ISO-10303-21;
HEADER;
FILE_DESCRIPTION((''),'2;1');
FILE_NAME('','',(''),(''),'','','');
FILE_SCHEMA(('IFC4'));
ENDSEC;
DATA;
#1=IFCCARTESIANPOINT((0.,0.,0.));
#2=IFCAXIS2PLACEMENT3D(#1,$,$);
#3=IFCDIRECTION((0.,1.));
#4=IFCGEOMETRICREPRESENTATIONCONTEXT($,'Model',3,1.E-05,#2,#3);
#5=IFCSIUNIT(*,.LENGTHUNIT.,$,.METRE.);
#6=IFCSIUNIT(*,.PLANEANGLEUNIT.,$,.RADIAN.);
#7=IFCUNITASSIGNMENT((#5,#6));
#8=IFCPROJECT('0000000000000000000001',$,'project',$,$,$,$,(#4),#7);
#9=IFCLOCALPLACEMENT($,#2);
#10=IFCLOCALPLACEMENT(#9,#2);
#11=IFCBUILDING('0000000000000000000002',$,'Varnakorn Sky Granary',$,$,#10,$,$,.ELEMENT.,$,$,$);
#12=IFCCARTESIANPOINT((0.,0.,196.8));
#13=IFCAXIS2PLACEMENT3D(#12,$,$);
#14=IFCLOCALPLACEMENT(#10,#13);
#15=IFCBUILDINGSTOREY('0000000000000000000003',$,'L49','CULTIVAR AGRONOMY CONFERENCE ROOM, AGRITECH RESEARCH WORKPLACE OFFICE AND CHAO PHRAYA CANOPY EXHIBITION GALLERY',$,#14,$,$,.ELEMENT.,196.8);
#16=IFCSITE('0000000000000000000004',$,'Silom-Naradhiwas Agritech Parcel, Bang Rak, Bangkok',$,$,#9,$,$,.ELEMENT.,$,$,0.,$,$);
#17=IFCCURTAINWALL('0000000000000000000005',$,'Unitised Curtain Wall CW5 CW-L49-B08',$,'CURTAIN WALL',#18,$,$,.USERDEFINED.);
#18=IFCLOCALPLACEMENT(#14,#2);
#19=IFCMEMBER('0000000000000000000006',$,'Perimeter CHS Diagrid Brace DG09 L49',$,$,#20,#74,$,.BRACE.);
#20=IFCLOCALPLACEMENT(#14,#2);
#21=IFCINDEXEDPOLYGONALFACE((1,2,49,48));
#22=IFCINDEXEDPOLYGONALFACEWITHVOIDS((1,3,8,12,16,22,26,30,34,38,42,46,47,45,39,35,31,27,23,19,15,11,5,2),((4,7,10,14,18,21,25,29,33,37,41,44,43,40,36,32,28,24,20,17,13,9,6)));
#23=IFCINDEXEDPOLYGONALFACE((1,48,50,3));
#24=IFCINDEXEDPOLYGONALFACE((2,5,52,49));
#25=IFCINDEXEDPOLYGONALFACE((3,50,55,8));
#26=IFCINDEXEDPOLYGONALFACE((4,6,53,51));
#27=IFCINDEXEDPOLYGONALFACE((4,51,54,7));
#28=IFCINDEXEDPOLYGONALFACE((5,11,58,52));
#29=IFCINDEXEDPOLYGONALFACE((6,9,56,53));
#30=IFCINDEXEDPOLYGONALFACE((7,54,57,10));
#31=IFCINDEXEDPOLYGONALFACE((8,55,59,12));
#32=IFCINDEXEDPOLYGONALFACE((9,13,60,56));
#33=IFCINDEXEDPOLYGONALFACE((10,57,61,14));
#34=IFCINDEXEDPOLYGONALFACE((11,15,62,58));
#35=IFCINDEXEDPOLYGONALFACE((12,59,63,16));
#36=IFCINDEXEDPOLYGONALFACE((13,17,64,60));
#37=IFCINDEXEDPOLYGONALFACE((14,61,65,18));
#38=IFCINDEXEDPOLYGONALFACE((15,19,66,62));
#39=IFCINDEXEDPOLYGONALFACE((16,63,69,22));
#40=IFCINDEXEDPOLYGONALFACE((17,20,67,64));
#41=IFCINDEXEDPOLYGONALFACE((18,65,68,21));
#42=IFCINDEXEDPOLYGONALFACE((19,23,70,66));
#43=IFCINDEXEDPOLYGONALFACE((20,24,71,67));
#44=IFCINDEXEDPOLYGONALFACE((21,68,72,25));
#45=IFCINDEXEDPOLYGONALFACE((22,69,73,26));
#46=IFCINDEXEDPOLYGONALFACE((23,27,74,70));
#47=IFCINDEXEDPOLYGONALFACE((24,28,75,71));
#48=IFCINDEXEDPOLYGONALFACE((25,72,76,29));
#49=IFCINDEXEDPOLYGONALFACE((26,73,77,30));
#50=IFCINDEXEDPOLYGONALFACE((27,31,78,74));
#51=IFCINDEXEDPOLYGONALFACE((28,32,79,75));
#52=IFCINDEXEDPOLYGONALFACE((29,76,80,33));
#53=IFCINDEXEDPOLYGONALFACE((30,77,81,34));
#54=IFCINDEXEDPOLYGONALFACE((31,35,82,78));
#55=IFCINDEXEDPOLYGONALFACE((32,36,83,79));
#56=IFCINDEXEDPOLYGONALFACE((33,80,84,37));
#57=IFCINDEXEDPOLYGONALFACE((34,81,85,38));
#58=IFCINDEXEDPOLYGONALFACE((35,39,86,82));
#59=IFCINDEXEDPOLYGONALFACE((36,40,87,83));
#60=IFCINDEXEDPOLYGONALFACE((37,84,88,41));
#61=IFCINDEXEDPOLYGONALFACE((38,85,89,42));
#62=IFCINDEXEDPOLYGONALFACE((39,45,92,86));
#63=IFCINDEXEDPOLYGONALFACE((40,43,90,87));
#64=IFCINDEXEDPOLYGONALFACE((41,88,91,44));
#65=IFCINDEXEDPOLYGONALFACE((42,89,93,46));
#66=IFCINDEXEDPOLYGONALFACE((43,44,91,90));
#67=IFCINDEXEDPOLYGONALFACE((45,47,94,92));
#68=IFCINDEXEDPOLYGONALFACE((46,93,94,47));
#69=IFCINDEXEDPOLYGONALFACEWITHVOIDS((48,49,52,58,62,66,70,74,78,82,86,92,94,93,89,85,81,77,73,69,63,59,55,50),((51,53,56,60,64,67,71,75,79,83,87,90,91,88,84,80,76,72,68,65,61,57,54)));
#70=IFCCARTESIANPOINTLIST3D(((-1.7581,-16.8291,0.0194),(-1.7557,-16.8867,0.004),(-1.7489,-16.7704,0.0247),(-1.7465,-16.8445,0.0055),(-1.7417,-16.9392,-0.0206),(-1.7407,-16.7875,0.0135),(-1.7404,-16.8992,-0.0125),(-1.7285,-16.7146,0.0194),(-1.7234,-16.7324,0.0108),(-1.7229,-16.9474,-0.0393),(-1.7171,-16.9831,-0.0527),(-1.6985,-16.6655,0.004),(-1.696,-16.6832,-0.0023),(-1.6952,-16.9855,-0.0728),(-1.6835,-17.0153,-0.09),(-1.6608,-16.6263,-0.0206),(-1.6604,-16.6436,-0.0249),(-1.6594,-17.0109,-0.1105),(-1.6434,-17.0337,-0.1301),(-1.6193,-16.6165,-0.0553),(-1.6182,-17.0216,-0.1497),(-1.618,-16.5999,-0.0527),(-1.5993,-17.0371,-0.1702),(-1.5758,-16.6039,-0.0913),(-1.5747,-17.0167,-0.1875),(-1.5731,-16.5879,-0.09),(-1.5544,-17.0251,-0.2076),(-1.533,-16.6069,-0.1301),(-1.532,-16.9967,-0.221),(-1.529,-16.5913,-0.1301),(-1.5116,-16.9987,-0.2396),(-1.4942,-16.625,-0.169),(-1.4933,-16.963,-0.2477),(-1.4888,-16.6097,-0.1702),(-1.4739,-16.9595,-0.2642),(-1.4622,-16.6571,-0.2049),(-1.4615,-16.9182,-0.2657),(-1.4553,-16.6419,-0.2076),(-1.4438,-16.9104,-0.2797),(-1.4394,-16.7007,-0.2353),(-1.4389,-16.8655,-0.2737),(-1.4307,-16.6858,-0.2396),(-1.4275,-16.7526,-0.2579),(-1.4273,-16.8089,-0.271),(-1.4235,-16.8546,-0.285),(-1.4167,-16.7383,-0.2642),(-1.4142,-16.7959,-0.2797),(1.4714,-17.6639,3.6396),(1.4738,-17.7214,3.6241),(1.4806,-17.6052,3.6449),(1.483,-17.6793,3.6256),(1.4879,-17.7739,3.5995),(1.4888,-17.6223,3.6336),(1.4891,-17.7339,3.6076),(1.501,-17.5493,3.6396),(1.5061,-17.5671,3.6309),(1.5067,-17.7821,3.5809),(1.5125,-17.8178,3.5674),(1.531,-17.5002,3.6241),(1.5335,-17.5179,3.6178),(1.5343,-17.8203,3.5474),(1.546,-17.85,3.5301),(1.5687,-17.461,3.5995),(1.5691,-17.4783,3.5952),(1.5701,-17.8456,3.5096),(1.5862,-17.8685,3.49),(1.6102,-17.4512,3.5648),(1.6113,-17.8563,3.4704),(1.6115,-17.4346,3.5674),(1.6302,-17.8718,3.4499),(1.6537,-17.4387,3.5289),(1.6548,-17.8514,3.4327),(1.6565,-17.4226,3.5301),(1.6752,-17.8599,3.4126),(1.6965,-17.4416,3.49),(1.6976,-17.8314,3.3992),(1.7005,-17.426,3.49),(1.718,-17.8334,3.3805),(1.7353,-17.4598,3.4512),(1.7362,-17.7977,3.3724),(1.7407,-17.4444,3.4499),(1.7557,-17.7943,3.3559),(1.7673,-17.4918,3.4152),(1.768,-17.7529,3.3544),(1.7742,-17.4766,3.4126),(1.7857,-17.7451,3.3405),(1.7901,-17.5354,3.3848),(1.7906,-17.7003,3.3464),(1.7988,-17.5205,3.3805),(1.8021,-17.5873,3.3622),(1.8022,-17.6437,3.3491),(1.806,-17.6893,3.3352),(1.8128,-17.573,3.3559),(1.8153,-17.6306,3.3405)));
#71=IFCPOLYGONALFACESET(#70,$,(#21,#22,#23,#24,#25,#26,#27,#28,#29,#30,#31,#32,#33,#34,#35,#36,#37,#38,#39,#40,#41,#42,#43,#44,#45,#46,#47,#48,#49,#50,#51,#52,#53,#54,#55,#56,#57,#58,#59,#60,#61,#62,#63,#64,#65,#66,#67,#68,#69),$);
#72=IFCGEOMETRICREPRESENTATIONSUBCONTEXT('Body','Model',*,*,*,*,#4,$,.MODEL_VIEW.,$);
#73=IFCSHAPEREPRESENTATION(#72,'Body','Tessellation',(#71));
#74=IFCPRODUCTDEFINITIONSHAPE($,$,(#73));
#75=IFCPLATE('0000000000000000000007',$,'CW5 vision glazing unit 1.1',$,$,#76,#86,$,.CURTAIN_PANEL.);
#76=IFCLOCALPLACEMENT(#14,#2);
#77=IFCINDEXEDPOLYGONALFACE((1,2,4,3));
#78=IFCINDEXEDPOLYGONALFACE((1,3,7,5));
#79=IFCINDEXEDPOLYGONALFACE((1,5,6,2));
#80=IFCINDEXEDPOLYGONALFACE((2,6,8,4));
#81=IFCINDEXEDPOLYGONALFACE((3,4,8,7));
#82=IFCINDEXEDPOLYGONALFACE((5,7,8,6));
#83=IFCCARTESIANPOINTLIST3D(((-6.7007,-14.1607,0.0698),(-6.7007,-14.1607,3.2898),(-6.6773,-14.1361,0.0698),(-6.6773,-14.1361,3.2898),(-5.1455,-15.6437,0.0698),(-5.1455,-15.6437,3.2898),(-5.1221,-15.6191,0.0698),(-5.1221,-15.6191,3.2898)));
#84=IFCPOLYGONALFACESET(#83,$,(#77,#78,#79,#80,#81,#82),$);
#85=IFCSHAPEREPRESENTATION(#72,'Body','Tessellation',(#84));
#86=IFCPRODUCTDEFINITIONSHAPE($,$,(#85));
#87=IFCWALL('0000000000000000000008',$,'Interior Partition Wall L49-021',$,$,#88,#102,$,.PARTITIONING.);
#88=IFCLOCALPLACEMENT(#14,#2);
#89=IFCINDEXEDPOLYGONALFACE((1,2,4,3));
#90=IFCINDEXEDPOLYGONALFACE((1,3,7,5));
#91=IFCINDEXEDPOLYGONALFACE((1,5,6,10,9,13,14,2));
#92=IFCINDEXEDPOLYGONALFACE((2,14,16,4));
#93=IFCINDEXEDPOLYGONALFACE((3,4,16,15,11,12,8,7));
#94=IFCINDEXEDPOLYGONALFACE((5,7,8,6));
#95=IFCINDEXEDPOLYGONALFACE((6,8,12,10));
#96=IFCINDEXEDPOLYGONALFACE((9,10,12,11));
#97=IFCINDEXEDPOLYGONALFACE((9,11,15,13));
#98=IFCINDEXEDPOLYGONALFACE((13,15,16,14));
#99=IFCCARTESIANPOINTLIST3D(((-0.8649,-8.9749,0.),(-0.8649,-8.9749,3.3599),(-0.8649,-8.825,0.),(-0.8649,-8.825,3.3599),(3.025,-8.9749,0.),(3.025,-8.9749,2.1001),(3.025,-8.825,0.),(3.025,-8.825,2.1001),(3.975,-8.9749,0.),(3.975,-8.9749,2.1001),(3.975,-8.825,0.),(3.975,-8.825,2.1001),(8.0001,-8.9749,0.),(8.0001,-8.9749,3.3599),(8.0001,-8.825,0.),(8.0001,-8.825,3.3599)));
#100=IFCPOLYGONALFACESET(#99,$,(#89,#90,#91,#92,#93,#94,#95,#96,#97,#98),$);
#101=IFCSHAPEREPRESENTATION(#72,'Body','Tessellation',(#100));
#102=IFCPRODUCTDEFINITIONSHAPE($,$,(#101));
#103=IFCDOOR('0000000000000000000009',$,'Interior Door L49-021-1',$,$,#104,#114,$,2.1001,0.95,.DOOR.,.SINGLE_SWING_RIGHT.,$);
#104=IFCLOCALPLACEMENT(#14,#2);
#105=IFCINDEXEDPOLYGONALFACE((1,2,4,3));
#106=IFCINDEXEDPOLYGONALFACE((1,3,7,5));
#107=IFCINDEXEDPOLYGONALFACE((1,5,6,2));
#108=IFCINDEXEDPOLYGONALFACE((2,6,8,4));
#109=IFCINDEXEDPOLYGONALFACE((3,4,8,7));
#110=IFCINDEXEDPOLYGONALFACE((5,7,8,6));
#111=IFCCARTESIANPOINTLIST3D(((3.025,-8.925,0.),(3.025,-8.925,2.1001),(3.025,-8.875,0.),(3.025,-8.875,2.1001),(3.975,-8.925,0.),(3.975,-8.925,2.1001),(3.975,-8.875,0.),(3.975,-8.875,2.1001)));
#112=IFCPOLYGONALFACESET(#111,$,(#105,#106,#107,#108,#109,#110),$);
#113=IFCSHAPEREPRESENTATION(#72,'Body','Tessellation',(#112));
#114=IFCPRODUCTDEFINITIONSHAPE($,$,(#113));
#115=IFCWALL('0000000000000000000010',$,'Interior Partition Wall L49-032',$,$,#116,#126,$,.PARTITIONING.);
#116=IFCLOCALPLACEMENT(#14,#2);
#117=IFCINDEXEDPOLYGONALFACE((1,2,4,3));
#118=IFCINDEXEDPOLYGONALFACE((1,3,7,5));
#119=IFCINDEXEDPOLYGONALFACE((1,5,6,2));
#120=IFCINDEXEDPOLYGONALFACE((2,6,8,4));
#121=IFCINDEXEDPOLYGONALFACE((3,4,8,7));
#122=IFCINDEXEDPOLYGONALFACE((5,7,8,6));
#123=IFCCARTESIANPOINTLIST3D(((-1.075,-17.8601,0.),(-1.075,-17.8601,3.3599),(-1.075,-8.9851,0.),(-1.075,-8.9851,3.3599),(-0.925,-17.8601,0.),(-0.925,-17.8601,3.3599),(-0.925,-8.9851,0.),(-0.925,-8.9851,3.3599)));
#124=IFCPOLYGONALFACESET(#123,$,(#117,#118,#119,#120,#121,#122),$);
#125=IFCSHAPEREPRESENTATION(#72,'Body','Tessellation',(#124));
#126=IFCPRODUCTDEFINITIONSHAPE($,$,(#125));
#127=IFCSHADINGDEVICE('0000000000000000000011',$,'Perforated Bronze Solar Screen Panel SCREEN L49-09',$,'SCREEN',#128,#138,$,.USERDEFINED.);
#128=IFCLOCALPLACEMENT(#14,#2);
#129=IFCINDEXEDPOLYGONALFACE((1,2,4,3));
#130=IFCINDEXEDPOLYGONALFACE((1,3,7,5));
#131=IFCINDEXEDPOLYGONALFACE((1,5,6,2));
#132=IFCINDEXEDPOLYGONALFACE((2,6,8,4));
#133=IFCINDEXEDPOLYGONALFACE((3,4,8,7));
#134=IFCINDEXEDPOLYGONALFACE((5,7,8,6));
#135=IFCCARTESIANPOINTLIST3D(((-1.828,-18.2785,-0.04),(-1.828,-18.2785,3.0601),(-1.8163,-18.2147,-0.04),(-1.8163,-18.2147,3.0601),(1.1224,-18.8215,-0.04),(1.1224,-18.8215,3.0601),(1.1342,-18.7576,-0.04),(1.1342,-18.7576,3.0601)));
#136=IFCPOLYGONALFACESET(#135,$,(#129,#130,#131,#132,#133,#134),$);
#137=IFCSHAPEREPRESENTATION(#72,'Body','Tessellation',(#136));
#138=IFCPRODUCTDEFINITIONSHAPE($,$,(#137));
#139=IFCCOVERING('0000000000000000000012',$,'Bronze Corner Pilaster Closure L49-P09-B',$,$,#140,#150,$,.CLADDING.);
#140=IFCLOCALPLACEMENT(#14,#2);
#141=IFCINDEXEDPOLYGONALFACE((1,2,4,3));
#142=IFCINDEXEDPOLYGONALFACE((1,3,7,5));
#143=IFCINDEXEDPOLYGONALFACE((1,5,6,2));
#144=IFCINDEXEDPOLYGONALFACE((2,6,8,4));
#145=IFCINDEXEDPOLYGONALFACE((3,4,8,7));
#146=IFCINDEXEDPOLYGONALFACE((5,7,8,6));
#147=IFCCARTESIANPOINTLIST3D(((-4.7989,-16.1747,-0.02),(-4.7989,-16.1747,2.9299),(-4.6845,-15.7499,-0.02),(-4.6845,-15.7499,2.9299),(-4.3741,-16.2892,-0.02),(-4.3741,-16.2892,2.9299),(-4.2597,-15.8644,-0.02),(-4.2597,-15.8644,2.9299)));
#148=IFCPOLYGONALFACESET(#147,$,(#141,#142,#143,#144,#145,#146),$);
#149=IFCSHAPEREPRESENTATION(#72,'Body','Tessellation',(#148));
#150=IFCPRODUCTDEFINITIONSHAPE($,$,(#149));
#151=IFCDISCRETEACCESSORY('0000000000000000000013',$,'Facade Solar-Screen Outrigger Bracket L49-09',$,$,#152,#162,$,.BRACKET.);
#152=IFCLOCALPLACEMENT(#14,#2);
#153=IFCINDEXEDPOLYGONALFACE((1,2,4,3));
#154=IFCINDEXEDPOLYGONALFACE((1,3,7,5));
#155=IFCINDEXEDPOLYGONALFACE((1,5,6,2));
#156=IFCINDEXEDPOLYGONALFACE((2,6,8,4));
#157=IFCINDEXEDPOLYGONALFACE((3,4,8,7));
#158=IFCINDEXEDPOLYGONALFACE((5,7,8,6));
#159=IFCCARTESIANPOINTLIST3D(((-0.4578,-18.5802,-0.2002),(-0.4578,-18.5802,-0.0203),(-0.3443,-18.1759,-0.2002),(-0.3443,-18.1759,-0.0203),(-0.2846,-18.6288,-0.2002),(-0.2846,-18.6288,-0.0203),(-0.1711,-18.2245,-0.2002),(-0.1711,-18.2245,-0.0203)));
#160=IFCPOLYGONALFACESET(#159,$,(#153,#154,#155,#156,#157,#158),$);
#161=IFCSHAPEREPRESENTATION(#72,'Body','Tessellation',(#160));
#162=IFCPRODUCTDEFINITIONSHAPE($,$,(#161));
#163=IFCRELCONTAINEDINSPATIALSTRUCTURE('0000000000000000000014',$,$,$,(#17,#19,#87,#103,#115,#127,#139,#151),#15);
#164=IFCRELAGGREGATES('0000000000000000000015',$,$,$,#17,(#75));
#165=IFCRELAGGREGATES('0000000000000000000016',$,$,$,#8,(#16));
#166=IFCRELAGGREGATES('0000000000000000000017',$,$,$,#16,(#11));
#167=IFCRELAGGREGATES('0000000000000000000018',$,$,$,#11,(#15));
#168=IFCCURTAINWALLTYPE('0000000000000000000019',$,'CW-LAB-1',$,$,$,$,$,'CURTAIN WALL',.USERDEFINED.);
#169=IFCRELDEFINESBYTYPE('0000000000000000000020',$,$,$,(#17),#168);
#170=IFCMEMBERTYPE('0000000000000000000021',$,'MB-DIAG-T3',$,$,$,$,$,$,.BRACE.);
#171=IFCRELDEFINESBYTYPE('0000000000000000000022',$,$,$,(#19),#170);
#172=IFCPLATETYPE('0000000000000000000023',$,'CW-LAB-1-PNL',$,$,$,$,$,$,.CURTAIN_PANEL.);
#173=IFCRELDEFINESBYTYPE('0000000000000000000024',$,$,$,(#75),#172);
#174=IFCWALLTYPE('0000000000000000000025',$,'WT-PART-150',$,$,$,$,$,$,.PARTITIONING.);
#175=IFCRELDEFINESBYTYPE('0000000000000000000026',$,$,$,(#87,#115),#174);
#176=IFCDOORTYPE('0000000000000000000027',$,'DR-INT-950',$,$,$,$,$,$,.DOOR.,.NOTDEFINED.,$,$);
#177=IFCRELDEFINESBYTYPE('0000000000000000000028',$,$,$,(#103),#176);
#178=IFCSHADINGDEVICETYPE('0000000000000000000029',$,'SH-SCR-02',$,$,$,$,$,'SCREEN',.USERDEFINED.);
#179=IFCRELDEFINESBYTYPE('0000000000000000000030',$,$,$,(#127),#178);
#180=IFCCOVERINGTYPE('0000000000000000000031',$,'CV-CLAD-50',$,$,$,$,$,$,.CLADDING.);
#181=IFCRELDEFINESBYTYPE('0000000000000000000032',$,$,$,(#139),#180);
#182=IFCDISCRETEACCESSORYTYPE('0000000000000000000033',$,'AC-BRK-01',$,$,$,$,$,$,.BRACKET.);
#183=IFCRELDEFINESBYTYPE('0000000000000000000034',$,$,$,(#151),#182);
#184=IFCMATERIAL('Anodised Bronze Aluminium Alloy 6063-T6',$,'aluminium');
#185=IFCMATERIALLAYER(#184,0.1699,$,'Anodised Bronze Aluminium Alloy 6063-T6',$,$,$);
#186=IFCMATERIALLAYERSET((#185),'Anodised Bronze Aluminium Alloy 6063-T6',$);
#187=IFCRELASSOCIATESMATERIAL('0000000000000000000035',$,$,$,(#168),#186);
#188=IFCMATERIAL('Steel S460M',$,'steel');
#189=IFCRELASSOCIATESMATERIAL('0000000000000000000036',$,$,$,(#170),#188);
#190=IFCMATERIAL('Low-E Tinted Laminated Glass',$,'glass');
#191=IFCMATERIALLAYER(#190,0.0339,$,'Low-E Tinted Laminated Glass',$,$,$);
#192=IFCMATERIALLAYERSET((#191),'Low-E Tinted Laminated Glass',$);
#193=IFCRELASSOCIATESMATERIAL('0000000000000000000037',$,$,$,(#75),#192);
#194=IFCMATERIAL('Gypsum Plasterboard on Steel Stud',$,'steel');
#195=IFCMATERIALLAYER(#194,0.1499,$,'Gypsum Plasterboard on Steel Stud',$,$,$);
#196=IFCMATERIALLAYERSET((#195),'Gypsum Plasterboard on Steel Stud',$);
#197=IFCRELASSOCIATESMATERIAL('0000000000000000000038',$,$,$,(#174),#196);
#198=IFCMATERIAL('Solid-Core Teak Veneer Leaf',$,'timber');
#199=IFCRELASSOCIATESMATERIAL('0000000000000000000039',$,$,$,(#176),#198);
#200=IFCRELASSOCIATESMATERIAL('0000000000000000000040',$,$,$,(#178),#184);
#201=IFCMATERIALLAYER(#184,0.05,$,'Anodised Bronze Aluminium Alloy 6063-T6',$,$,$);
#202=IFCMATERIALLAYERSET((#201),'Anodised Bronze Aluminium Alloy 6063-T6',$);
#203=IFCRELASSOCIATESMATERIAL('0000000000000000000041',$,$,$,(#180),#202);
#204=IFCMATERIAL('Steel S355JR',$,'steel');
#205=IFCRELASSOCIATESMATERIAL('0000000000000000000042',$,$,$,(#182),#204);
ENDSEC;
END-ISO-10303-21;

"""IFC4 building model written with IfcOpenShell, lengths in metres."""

from ifc_helpers import new_model, si_unit, direction, frame, frame_2d, origin, origin_2d, place, context, subcontext, project, spatial, rectangle, hollow_circle, extrude, source, transform, mapped, material, layer, layer_set, material_profile, profile_set, type_object, type_shapes, element, fill, aggregate, save


model = new_model("IFC4")

# Units and contexts
model_context = context("Model", 3, precision=1e-05, world=origin(), true_north=direction((0.0, 1.0)))
body_context = subcontext(model_context, "Body", "Model", "MODEL_VIEW")
ifc_project = project(units=[si_unit("LENGTHUNIT", "METRE"), si_unit("PLANEANGLEUNIT", "RADIAN")], contexts=[model_context])

# Site, building, storey
site_placement = place(None, origin())
site = spatial("IfcSite", under=ifc_project, at=site_placement, Name="Silom-Naradhiwas Agritech Parcel, Bang Rak, Bangkok", CompositionType="ELEMENT", RefElevation=0.0)
building_placement = place(site_placement, origin())
building = spatial("IfcBuilding", under=site, at=building_placement, Name="Varnakorn Sky Granary", CompositionType="ELEMENT")
storey_placement = place(building_placement, frame((0.0, 0.0, 196.8)))
storey = spatial("IfcBuildingStorey", under=building, at=storey_placement, Name="L49", Description="CULTIVAR AGRONOMY CONFERENCE ROOM, AGRITECH RESEARCH WORKPLACE OFFICE AND CHAO PHRAYA CANOPY EXHIBITION GALLERY", CompositionType="ELEMENT", Elevation=196.8)

# Shared definitions
ifc_material_1 = material(Name="Steel S460M", Category="steel")

# Shared definitions
ifc_material_2 = material(Name="Steel S355JR", Category="steel")

# Curtain wall
ifc_material_3 = material(Name="Anodised Bronze Aluminium Alloy 6063-T6", Category="aluminium")
ifc_layer_1 = layer(ifc_material_3, 0.1699, Name="Anodised Bronze Aluminium Alloy 6063-T6")
ifc_layer_set_1 = layer_set([ifc_layer_1], Name="Anodised Bronze Aluminium Alloy 6063-T6")
curtain_wall_type = type_object("IfcCurtainWallType", Name="CW-LAB-1", ElementType="CURTAIN WALL", PredefinedType="USERDEFINED", material=ifc_layer_set_1)
curtain_wall_placement = place(storey_placement, origin())
curtain_wall = element("IfcCurtainWall", 1, at=curtain_wall_placement, inside=storey, type_object=curtain_wall_type, Name="Unitised Curtain Wall CW5 CW-L49-B08", ObjectType="CURTAIN WALL", PredefinedType="USERDEFINED")

# Member
ifc_material_profile_1 = material_profile(ifc_material_1, hollow_circle(Radius=0.2285, WallThickness=0.0161, at=origin_2d()), Name="CHS 457x16")
ifc_profile_set_1 = profile_set([ifc_material_profile_1], Name="Steel S460M")
member_type_1 = type_object("IfcMemberType", Name="MB-DIAG-T3", PredefinedType="BRACE", material=ifc_profile_set_1)
member_1_placement = place(storey_placement, frame((-1.5862, -16.8125, -0.1301), z_axis=(0.656059, -0.16957, 0.735413), x_axis=(0.250243, 0.968183, 0.0)))
element("IfcMember", 2, at=member_1_placement, inside=storey, type_object=member_type_1, Name="Perimeter CHS Diagrid Brace DG09 L49", PredefinedType="BRACE", context=body_context, shape_type="SweptSolid", body=[
    extrude(hollow_circle(Radius=0.2285, WallThickness=0.0161, at=origin_2d()), origin(), (0.0, 0.0, 1.0), 4.9226),
])

# Plate
ifc_material_4 = material(Name="Low-E Tinted Laminated Glass", Category="glass")
ifc_layer_2 = layer(ifc_material_4, 0.0339, Name="Low-E Tinted Laminated Glass")
ifc_layer_set_2 = layer_set([ifc_layer_2], Name="Low-E Tinted Laminated Glass")
plate_type = type_object("IfcPlateType", Name="CW-LAB-1-PNL", PredefinedType="CURTAIN_PANEL")
shared_shape_1 = source(origin(), body_context, "Body", "SweptSolid", [
    extrude(rectangle(XDim=2.1489, YDim=0.0339, at=origin_2d()), origin(), (0.0, 0.0, 1.0), 3.22),
])
type_shapes(plate_type, [shared_shape_1])
plate_placement = place(storey_placement, frame((-5.9114, -14.8899, 0.0698), z_axis=(0.0, 0.0, 1.0), x_axis=(-0.723717, 0.690097, 0.0)))
plate = element("IfcPlate", 3, at=plate_placement, type_object=plate_type, material=ifc_layer_set_2, Name="CW5 vision glazing unit 1.1", PredefinedType="CURTAIN_PANEL", context=body_context, shape_type="MappedRepresentation", body=[
    mapped(shared_shape_1, transform((0.0, 0.0, 0.0), x_axis=(1.0, 0.0, 0.0), y_axis=(0.0, 1.0, 0.0), z_axis=(0.0, 0.0, 1.0), scale=1.0)),
])
aggregate(curtain_wall, [plate])

# Wall, opening, door
ifc_material_5 = material(Name="Gypsum Plasterboard on Steel Stud", Category="steel")
ifc_layer_3 = layer(ifc_material_5, 0.1499, Name="Gypsum Plasterboard on Steel Stud")
ifc_layer_set_3 = layer_set([ifc_layer_3], Name="Gypsum Plasterboard on Steel Stud")
wall_type = type_object("IfcWallType", Name="WT-PART-150", PredefinedType="PARTITIONING", material=ifc_layer_set_3)
wall_1_placement = place(storey_placement, frame((-0.865, -8.8999, 0.0), z_axis=(0.0, 0.0, 1.0), x_axis=(1.0, 0.0, 0.0)))
wall_1 = element("IfcWall", 4, at=wall_1_placement, inside=storey, type_object=wall_type, Name="Interior Partition Wall L49-021", PredefinedType="PARTITIONING", context=body_context, shape_type="SweptSolid", body=[
    extrude(rectangle(XDim=8.865, YDim=0.1499, at=frame_2d((4.4326, 0.0))), origin(), (0.0, 0.0, 1.0), 3.3599),
])
opening_placement = place(wall_1_placement, frame((3.8899, 0.0, 0.0)))
opening = element("IfcOpeningElement", 5, at=opening_placement, cuts=wall_1, PredefinedType="OPENING", context=body_context, shape_type="SweptSolid", body=[
    extrude(rectangle(XDim=0.95, YDim=2.1001, at=frame_2d((0.4751, 1.05))), frame((0.0, 0.085, 0.0), z_axis=(0.0, -1.0, 0.0), x_axis=(1.0, 0.0, 0.0)), (0.0, 0.0, 1.0), 0.1699),
])
ifc_material_6 = material(Name="Solid-Core Teak Veneer Leaf", Category="timber")
door_type = type_object("IfcDoorType", Name="DR-INT-950", OperationType="NOTDEFINED", PredefinedType="DOOR", material=ifc_material_6)
door_placement = place(opening_placement, origin())
door = element("IfcDoor", 6, at=door_placement, inside=storey, type_object=door_type, Name="Interior Door L49-021-1", OperationType="SINGLE_SWING_RIGHT", OverallHeight=2.1001, OverallWidth=0.95, PredefinedType="DOOR", context=body_context, shape_type="SweptSolid", body=[
    extrude(rectangle(XDim=0.95, YDim=2.1001, at=frame_2d((0.4751, 1.05))), frame((0.0, 0.0249, 0.0), z_axis=(0.0, -1.0, 0.0), x_axis=(1.0, 0.0, 0.0)), (0.0, 0.0, 1.0), 0.05),
])
fill(opening, door)

# Wall
wall_2_placement = place(storey_placement, frame((-1.0, -8.9851, 0.0), z_axis=(0.0, 0.0, 1.0), x_axis=(0.0, -1.0, 0.0)))
element("IfcWall", 7, at=wall_2_placement, inside=storey, type_object=wall_type, Name="Interior Partition Wall L49-032", PredefinedType="PARTITIONING", context=body_context, shape_type="SweptSolid", body=[
    extrude(rectangle(XDim=8.875, YDim=0.1499, at=frame_2d((4.4375, 0.0))), origin(), (0.0, 0.0, 1.0), 3.3599),
])

# Shading device
shading_device_type = type_object("IfcShadingDeviceType", Name="SH-SCR-02", ElementType="SCREEN", PredefinedType="USERDEFINED", material=ifc_material_3)
shared_shape_2 = source(origin(), body_context, "Body", "SweptSolid", [
    extrude(rectangle(XDim=3.0, YDim=0.0649, at=origin_2d()), origin(), (0.0, 0.0, 1.0), 3.1001),
])
type_shapes(shading_device_type, [shared_shape_2])
shading_device_placement = place(storey_placement, frame((-0.3469, -18.5181, -0.04), z_axis=(0.0, 0.0, 1.0), x_axis=(0.983488, -0.180973, 0.0)))
element("IfcShadingDevice", 8, at=shading_device_placement, inside=storey, type_object=shading_device_type, Name="Perforated Bronze Solar Screen Panel SCREEN L49-09", ObjectType="SCREEN", PredefinedType="USERDEFINED", context=body_context, shape_type="MappedRepresentation", body=[
    mapped(shared_shape_2, transform((0.0, 0.0, 0.0), x_axis=(1.0, 0.0, 0.0), y_axis=(0.0, 1.0, 0.0), z_axis=(0.0, 0.0, 1.0), scale=1.0)),
])

# Covering
ifc_layer_4 = layer(ifc_material_3, 0.05, Name="Anodised Bronze Aluminium Alloy 6063-T6")
ifc_layer_set_4 = layer_set([ifc_layer_4], Name="Anodised Bronze Aluminium Alloy 6063-T6")
covering_type = type_object("IfcCoveringType", Name="CV-CLAD-50", PredefinedType="CLADDING", material=ifc_layer_set_4)
shared_shape_3 = source(origin(), body_context, "Body", "SweptSolid", [
    extrude(rectangle(XDim=0.4399, YDim=0.4399, at=origin_2d()), origin(), (0.0, 0.0, 1.0), 2.95),
])
type_shapes(covering_type, [shared_shape_3])
covering_placement = place(storey_placement, frame((-4.5293, -16.0195, -0.02), z_axis=(0.0, 0.0, 1.0), x_axis=(-0.965564, 0.260167, 0.0)))
element("IfcCovering", 9, at=covering_placement, inside=storey, type_object=covering_type, Name="Bronze Corner Pilaster Closure L49-P09-B", PredefinedType="CLADDING", context=body_context, shape_type="MappedRepresentation", body=[
    mapped(shared_shape_3, transform((0.0, 0.0, 0.0), x_axis=(1.0, 0.0, 0.0), y_axis=(0.0, 1.0, 0.0), z_axis=(0.0, 0.0, 1.0), scale=1.0)),
])

# Discrete accessory
discrete_accessory_type = type_object("IfcDiscreteAccessoryType", Name="AC-BRK-01", PredefinedType="BRACKET", material=ifc_material_2)
shared_shape_4 = source(origin(), body_context, "Body", "SweptSolid", [
    extrude(rectangle(XDim=0.1799, YDim=0.4199, at=origin_2d()), origin(), (0.0, 0.0, 1.0), 0.1799),
])
type_shapes(discrete_accessory_type, [shared_shape_4])
discrete_accessory_placement = place(storey_placement, frame((-0.3145, -18.4023, -0.2002), z_axis=(0.0, 0.0, 1.0), x_axis=(0.962803, -0.270204, 0.0)))
element("IfcDiscreteAccessory", 10, at=discrete_accessory_placement, inside=storey, type_object=discrete_accessory_type, Name="Facade Solar-Screen Outrigger Bracket L49-09", PredefinedType="BRACKET", context=body_context, shape_type="MappedRepresentation", body=[
    mapped(shared_shape_4, transform((0.0, 0.0, 0.0), x_axis=(1.0, 0.0, 0.0), y_axis=(0.0, 1.0, 0.0), z_axis=(0.0, 0.0, 1.0), scale=1.0)),
])

save(model, "model.ifc")
